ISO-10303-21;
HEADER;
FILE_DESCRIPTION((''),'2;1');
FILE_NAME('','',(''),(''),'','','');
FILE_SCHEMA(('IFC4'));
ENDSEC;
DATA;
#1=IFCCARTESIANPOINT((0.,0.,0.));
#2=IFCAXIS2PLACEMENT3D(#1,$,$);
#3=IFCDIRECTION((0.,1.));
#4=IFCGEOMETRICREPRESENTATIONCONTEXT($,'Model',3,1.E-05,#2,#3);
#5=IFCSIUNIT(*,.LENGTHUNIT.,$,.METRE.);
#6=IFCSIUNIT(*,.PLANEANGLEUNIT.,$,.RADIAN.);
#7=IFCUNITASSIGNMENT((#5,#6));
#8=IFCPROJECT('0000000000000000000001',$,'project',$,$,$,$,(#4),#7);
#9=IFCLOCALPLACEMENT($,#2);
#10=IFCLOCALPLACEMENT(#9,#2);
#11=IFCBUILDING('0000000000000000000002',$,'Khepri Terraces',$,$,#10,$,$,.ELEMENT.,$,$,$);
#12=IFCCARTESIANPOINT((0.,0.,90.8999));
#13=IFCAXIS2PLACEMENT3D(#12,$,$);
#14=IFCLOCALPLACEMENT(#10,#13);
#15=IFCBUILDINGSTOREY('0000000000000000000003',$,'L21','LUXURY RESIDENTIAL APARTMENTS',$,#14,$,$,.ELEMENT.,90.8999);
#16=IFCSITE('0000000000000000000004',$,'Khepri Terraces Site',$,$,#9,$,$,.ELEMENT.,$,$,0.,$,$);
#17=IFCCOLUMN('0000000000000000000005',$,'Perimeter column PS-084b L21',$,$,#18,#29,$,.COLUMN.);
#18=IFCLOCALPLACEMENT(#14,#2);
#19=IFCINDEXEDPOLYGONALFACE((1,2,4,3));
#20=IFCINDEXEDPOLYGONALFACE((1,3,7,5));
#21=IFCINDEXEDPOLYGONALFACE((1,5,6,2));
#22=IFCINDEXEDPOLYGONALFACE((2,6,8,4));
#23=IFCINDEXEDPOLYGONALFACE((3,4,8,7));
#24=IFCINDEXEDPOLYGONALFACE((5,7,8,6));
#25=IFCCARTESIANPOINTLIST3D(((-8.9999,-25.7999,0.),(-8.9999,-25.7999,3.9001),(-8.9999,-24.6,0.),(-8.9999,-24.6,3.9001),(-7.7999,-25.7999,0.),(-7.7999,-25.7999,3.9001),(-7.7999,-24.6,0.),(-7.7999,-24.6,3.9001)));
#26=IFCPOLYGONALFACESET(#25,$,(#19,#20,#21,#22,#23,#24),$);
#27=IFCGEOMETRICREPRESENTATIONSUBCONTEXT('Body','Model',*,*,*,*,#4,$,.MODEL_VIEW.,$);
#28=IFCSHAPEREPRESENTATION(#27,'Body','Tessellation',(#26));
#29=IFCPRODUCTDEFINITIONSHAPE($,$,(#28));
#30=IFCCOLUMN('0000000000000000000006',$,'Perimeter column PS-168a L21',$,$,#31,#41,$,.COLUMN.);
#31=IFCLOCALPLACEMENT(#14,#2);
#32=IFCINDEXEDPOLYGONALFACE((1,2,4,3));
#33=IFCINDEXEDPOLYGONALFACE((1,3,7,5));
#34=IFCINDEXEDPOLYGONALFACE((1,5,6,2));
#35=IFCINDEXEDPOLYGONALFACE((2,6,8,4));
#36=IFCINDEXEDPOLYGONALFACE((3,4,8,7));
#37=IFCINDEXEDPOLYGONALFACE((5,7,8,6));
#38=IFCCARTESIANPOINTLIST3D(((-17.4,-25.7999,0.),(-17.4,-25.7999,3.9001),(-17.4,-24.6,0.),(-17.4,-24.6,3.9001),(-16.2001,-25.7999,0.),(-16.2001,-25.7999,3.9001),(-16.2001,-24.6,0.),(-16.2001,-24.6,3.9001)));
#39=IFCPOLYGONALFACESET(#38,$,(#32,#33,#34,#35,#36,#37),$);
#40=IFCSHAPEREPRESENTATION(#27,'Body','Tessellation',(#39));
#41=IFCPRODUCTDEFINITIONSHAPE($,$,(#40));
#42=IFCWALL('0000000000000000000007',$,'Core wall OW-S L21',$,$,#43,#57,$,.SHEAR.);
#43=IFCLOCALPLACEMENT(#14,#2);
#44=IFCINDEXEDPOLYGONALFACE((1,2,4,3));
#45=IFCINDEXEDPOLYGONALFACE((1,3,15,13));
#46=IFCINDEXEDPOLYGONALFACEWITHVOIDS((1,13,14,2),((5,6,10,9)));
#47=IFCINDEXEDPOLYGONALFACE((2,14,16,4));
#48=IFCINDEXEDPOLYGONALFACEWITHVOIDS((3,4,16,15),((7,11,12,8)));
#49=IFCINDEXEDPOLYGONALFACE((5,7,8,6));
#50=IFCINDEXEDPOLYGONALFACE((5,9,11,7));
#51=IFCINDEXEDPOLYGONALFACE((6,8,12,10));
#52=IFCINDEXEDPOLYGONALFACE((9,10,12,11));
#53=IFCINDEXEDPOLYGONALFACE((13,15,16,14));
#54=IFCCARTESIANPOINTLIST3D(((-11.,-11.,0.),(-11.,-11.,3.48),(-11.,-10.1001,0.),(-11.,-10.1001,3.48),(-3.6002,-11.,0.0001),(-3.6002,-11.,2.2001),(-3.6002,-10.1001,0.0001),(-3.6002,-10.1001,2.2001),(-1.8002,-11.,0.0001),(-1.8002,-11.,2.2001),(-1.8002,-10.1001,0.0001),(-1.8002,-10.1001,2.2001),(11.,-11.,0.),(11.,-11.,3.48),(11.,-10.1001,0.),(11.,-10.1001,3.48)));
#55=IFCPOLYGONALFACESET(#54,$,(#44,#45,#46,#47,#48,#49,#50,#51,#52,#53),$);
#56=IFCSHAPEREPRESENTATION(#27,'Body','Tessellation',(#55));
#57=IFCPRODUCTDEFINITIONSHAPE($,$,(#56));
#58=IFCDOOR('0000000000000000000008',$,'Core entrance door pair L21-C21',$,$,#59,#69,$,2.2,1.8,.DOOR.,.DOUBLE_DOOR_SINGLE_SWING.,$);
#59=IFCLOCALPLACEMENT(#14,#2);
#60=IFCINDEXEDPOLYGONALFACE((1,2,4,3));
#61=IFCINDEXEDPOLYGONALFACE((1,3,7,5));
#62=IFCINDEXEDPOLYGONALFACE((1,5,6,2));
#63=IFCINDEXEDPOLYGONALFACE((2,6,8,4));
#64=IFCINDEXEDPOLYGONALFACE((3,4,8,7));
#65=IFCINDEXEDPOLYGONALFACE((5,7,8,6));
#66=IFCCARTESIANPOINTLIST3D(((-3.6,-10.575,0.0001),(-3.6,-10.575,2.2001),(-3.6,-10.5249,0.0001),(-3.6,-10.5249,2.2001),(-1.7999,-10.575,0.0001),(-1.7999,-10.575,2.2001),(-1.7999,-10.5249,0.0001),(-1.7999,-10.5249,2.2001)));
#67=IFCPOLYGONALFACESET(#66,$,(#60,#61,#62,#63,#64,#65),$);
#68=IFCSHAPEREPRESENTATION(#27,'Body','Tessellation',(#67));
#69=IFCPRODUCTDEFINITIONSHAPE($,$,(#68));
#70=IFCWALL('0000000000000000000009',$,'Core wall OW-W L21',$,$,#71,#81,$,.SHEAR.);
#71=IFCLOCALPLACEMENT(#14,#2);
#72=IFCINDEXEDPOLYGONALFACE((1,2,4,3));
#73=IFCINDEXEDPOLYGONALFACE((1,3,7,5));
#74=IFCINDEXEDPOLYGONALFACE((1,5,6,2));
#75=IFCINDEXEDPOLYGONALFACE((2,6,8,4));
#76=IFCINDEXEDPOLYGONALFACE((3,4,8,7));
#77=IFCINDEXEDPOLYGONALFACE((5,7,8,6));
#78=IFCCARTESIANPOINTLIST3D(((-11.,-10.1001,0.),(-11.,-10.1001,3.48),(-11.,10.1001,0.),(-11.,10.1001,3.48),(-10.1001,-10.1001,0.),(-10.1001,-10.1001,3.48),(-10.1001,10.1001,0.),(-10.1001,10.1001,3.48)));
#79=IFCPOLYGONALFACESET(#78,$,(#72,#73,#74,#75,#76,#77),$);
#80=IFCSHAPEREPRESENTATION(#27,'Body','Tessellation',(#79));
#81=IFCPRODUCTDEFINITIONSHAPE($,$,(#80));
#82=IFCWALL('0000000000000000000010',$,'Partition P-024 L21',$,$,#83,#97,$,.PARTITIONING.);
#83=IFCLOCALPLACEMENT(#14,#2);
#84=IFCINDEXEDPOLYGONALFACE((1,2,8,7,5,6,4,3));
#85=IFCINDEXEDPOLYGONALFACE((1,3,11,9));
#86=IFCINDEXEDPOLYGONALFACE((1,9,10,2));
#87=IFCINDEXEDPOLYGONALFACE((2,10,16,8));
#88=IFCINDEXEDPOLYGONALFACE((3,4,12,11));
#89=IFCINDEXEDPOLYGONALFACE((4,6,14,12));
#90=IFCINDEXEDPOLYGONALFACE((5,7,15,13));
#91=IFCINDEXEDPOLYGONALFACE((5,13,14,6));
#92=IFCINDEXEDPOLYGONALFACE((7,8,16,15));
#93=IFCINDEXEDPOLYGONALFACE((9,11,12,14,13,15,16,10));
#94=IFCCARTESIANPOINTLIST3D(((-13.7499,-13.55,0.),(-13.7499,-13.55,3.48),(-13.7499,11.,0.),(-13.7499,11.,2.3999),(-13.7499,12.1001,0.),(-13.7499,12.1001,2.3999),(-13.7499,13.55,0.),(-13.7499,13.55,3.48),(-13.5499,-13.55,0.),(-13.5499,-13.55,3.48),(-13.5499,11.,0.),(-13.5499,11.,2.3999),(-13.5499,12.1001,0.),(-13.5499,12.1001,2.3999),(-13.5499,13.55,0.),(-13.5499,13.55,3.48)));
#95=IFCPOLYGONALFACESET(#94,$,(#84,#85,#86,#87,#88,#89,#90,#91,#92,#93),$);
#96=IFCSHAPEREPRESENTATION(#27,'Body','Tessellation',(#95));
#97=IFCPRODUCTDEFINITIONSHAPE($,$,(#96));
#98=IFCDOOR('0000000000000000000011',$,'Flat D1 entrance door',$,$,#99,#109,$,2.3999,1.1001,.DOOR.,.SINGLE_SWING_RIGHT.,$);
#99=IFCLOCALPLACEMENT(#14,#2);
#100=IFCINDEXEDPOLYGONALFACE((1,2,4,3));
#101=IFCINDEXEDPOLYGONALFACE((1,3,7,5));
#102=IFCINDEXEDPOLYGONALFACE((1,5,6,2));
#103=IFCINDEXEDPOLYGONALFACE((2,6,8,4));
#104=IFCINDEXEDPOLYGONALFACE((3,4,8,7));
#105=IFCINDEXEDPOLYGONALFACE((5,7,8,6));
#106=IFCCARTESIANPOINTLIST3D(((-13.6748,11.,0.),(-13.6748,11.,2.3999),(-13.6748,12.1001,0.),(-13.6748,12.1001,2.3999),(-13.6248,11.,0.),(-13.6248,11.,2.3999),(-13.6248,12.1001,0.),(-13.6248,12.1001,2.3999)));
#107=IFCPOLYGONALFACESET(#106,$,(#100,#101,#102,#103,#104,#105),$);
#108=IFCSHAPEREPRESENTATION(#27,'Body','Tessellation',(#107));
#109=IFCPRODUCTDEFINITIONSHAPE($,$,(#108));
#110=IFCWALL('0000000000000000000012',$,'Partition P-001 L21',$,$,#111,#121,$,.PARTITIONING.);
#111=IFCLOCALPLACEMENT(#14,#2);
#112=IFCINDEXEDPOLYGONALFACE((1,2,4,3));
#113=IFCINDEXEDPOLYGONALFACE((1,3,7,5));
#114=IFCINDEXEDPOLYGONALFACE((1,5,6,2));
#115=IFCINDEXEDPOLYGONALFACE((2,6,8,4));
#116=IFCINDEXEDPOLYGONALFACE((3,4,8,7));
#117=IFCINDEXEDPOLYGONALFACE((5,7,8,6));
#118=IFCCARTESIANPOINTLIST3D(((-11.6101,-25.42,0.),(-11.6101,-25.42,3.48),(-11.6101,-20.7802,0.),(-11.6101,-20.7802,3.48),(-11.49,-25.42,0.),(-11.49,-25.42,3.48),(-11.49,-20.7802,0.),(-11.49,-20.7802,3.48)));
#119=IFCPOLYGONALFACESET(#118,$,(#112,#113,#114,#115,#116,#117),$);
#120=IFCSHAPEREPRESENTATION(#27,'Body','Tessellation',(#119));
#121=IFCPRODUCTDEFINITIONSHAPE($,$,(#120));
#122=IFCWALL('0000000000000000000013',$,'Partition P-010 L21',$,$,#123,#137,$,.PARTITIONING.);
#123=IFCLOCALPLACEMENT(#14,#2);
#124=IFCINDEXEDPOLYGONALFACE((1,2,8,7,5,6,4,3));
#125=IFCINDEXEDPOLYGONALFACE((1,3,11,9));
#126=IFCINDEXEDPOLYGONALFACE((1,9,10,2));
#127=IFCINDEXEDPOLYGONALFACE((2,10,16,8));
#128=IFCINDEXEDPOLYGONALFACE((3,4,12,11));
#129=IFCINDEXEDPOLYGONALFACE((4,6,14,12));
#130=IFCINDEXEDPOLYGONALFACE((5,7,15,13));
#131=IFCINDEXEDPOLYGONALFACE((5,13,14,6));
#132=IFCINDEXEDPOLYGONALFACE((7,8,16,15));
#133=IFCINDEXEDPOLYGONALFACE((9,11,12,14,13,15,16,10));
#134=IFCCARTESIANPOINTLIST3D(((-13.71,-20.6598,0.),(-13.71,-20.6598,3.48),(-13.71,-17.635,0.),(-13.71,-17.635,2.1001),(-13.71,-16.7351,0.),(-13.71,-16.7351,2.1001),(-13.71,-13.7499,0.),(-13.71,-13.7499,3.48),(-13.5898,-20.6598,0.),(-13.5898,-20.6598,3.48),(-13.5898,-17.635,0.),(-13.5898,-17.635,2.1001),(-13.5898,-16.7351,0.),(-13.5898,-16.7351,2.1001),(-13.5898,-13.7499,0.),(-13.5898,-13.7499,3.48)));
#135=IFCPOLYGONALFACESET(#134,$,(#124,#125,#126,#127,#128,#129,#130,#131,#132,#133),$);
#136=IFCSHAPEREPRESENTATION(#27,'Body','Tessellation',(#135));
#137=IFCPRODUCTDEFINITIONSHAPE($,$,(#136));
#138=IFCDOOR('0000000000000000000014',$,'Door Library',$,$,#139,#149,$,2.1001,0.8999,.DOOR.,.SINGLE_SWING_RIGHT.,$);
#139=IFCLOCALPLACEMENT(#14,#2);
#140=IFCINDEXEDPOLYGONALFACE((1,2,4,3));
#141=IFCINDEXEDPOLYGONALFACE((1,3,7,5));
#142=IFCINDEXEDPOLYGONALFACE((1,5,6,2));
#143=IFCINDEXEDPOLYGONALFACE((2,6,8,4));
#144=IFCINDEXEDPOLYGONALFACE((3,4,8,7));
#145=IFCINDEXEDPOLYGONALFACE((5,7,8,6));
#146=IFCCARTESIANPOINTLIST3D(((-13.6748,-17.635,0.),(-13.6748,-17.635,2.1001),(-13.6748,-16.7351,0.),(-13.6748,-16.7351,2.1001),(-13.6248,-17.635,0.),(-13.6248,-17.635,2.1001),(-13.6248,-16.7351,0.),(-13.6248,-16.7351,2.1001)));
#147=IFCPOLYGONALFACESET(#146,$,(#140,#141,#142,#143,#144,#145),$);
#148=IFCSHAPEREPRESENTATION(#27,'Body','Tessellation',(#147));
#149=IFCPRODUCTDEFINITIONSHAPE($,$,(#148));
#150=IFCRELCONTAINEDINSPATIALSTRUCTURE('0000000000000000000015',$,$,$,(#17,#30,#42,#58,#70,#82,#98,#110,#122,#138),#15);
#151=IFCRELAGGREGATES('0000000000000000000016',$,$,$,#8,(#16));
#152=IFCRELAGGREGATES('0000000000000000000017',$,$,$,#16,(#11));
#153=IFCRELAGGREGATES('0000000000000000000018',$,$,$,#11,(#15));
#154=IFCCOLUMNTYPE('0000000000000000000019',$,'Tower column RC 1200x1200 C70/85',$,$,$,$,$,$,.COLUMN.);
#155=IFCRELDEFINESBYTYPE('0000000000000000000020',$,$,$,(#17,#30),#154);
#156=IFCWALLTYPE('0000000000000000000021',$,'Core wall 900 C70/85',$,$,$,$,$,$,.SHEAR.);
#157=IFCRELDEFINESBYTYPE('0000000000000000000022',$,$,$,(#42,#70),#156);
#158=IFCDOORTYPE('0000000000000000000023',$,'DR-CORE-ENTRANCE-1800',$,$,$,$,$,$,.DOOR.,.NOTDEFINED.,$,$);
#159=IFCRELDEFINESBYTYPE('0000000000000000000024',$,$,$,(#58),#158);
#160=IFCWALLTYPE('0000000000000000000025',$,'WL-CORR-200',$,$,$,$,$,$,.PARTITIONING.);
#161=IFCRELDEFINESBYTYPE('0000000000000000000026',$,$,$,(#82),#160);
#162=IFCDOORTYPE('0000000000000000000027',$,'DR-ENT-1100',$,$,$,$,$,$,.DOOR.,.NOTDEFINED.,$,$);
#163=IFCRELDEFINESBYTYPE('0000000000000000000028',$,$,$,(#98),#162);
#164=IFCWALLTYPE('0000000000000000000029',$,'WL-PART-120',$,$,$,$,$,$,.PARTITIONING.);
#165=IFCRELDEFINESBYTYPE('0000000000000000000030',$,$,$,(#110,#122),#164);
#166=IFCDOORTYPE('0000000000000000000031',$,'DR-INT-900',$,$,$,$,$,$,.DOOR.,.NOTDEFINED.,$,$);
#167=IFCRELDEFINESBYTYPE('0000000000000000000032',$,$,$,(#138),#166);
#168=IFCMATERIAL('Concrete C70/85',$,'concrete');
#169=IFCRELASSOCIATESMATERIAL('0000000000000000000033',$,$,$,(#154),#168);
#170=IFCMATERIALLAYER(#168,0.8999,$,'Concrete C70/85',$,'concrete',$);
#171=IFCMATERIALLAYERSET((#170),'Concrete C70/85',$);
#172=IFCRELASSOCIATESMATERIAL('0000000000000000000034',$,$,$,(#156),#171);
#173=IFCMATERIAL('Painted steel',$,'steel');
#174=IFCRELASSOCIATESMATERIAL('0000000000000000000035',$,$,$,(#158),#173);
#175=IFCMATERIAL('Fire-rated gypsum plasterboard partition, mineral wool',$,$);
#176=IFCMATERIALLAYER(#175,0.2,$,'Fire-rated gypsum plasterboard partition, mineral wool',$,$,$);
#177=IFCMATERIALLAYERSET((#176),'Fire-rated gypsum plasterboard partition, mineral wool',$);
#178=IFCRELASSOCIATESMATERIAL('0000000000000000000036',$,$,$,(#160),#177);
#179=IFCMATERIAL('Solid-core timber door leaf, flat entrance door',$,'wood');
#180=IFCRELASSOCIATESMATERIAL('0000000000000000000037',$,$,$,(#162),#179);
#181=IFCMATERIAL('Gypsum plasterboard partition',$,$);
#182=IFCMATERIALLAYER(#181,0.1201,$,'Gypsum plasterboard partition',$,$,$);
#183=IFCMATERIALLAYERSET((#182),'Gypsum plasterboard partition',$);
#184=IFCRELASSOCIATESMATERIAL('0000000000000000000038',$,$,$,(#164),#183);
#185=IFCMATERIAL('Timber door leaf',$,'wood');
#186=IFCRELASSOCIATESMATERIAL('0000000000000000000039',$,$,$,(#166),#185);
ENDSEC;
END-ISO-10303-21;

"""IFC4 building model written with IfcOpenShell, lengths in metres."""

from ifc_helpers import new_model, si_unit, direction, frame, frame_2d, origin, origin_2d, place, context, subcontext, project, spatial, rectangle, extrude, material, layer, layer_set, material_profile, profile_set, type_object, element, fill, save


model = new_model("IFC4")

# Units and contexts
model_context = context("Model", 3, precision=1e-05, world=origin(), true_north=direction((0.0, 1.0)))
body_context = subcontext(model_context, "Body", "Model", "MODEL_VIEW")
ifc_project = project(units=[si_unit("LENGTHUNIT", "METRE"), si_unit("PLANEANGLEUNIT", "RADIAN")], contexts=[model_context])

# Site, building, storey
site_placement = place(None, origin())
site = spatial("IfcSite", under=ifc_project, at=site_placement, Name="Khepri Terraces Site", CompositionType="ELEMENT", RefElevation=0.0)
building_placement = place(site_placement, origin())
building = spatial("IfcBuilding", under=site, at=building_placement, Name="Khepri Terraces", CompositionType="ELEMENT")
storey_placement = place(building_placement, frame((0.0, 0.0, 90.8999)))
storey = spatial("IfcBuildingStorey", under=building, at=storey_placement, Name="L21", Description="LUXURY RESIDENTIAL APARTMENTS", CompositionType="ELEMENT", Elevation=90.8999)

# Columns
ifc_material_1 = material(Name="Concrete C70/85", Category="concrete")
ifc_material_profile = material_profile(ifc_material_1, rectangle(XDim=1.2, YDim=1.2, at=origin_2d()), Name="Concrete C70/85", Category="concrete")
ifc_profile_set = profile_set([ifc_material_profile], Name="Concrete C70/85")
column_type = type_object("IfcColumnType", Name="Tower column RC 1200x1200 C70/85", PredefinedType="COLUMN", material=ifc_profile_set)
for number, where, z_axis, x_axis, name in (
    (1, (-8.3999, -25.2, 0.0), (0.0, 0.0, 1.0), (1.0, 0.0, 0.0), "Perimeter column PS-084b L21"),
    (2, (-16.8, -25.2, 0.0), (0.0, 0.0, 1.0), (1.0, 0.0, 0.0), "Perimeter column PS-168a L21"),
):
    element("IfcColumn", number, at=place(storey_placement, frame(where, z_axis=z_axis, x_axis=x_axis)), inside=storey, type_object=column_type, Name=name, PredefinedType="COLUMN", context=body_context, shape_type="SweptSolid", body=[
        extrude(rectangle(XDim=1.2, YDim=1.2, at=origin_2d()), origin(), (0.0, 0.0, 1.0), 3.9001),
    ])

# Wall, opening, door
ifc_layer_1 = layer(ifc_material_1, 0.8999, Name="Concrete C70/85", Category="concrete")
ifc_layer_set_1 = layer_set([ifc_layer_1], Name="Concrete C70/85")
wall_type_1 = type_object("IfcWallType", Name="Core wall 900 C70/85", PredefinedType="SHEAR", material=ifc_layer_set_1)
wall_1_placement = place(storey_placement, frame((-11.0, -10.55, 0.0), z_axis=(0.0, 0.0, 1.0), x_axis=(1.0, 0.0, 0.0)))
wall_1 = element("IfcWall", 3, at=wall_1_placement, inside=storey, type_object=wall_type_1, Name="Core wall OW-S L21", PredefinedType="SHEAR", context=body_context, shape_type="SweptSolid", body=[
    extrude(rectangle(XDim=22.0, YDim=0.8999, at=frame_2d((11.0, 0.0))), origin(), (0.0, 0.0, 1.0), 3.48),
])
opening_1_placement = place(wall_1_placement, frame((7.3999, 0.0, 0.0)))
opening_1 = element("IfcOpeningElement", 4, at=opening_1_placement, cuts=wall_1, PredefinedType="OPENING", context=body_context, shape_type="SweptSolid", body=[
    extrude(rectangle(XDim=1.8, YDim=2.2, at=frame_2d((0.8999, 1.1001))), frame((0.0, 0.46, 0.0), z_axis=(0.0, -1.0, 0.0), x_axis=(1.0, 0.0, 0.0)), (0.0, 0.0, 1.0), 0.9199),
])
ifc_material_2 = material(Name="Painted steel", Category="steel")
door_type_1 = type_object("IfcDoorType", Name="DR-CORE-ENTRANCE-1800", OperationType="NOTDEFINED", PredefinedType="DOOR", material=ifc_material_2)
door_1_placement = place(opening_1_placement, frame((1.8, 0.0, 0.0), z_axis=(0.0, 0.0, 1.0), x_axis=(-1.0, 0.0, 0.0)))
door_1 = element("IfcDoor", 5, at=door_1_placement, inside=storey, type_object=door_type_1, Name="Core entrance door pair L21-C21", OperationType="DOUBLE_DOOR_SINGLE_SWING", OverallHeight=2.2, OverallWidth=1.8, PredefinedType="DOOR", context=body_context, shape_type="SweptSolid", body=[
    extrude(rectangle(XDim=1.8, YDim=2.2, at=frame_2d((0.8999, 1.1001))), frame((0.0, 0.0249, 0.0), z_axis=(0.0, -1.0, 0.0), x_axis=(1.0, 0.0, 0.0)), (0.0, 0.0, 1.0), 0.05),
])
fill(opening_1, door_1)

# Wall
wall_2_placement = place(storey_placement, frame((-10.55, -10.1001, 0.0), z_axis=(0.0, 0.0, 1.0), x_axis=(0.0, 1.0, 0.0)))
element("IfcWall", 6, at=wall_2_placement, inside=storey, type_object=wall_type_1, Name="Core wall OW-W L21", PredefinedType="SHEAR", context=body_context, shape_type="SweptSolid", body=[
    extrude(rectangle(XDim=20.2002, YDim=0.8999, at=frame_2d((10.1001, 0.0))), origin(), (0.0, 0.0, 1.0), 3.48),
])

# Wall, opening, door
ifc_material_3 = material(Name="Fire-rated gypsum plasterboard partition, mineral wool")
ifc_layer_2 = layer(ifc_material_3, 0.2, Name="Fire-rated gypsum plasterboard partition, mineral wool")
ifc_layer_set_2 = layer_set([ifc_layer_2], Name="Fire-rated gypsum plasterboard partition, mineral wool")
wall_type_2 = type_object("IfcWallType", Name="WL-CORR-200", PredefinedType="PARTITIONING", material=ifc_layer_set_2)
wall_3_placement = place(storey_placement, frame((-13.6499, -13.55, 0.0), z_axis=(0.0, 0.0, 1.0), x_axis=(0.0, 1.0, 0.0)))
wall_3 = element("IfcWall", 7, at=wall_3_placement, inside=storey, type_object=wall_type_2, Name="Partition P-024 L21", PredefinedType="PARTITIONING", context=body_context, shape_type="SweptSolid", body=[
    extrude(rectangle(XDim=27.1001, YDim=0.2, at=frame_2d((13.55, 0.0))), origin(), (0.0, 0.0, 1.0), 3.48),
])
opening_2_placement = place(wall_3_placement, frame((24.55, 0.0, 0.0)))
opening_2 = element("IfcOpeningElement", 8, at=opening_2_placement, cuts=wall_3, PredefinedType="OPENING", context=body_context, shape_type="SweptSolid", body=[
    extrude(rectangle(XDim=1.1001, YDim=2.3999, at=frame_2d((0.55, 1.2))), frame((0.0, 0.1099, 0.0), z_axis=(0.0, -1.0, 0.0), x_axis=(1.0, 0.0, 0.0)), (0.0, 0.0, 1.0), 0.22),
])
ifc_material_4 = material(Name="Solid-core timber door leaf, flat entrance door", Category="wood")
door_type_2 = type_object("IfcDoorType", Name="DR-ENT-1100", OperationType="NOTDEFINED", PredefinedType="DOOR", material=ifc_material_4)
door_2_placement = place(opening_2_placement, origin())
door_2 = element("IfcDoor", 9, at=door_2_placement, inside=storey, type_object=door_type_2, Name="Flat D1 entrance door", OperationType="SINGLE_SWING_RIGHT", OverallHeight=2.3999, OverallWidth=1.1001, PredefinedType="DOOR", context=body_context, shape_type="SweptSolid", body=[
    extrude(rectangle(XDim=1.1001, YDim=2.3999, at=frame_2d((0.55, 1.2))), frame((0.0, 0.0249, 0.0), z_axis=(0.0, -1.0, 0.0), x_axis=(1.0, 0.0, 0.0)), (0.0, 0.0, 1.0), 0.05),
])
fill(opening_2, door_2)

# Wall
ifc_material_5 = material(Name="Gypsum plasterboard partition")
ifc_layer_3 = layer(ifc_material_5, 0.1201, Name="Gypsum plasterboard partition")
ifc_layer_set_3 = layer_set([ifc_layer_3], Name="Gypsum plasterboard partition")
wall_type_3 = type_object("IfcWallType", Name="WL-PART-120", PredefinedType="PARTITIONING", material=ifc_layer_set_3)
wall_4_placement = place(storey_placement, frame((-11.55, -25.4199, 0.0), z_axis=(0.0, 0.0, 1.0), x_axis=(0.0, 1.0, 0.0)))
element("IfcWall", 10, at=wall_4_placement, inside=storey, type_object=wall_type_3, Name="Partition P-001 L21", PredefinedType="PARTITIONING", context=body_context, shape_type="SweptSolid", body=[
    extrude(rectangle(XDim=4.6399, YDim=0.1201, at=frame_2d((2.3198, 0.0))), origin(), (0.0, 0.0, 1.0), 3.48),
])

# Wall, opening, door
wall_5_placement = place(storey_placement, frame((-13.6499, -20.6599, 0.0), z_axis=(0.0, 0.0, 1.0), x_axis=(0.0, 1.0, 0.0)))
wall_5 = element("IfcWall", 11, at=wall_5_placement, inside=storey, type_object=wall_type_3, Name="Partition P-010 L21", PredefinedType="PARTITIONING", context=body_context, shape_type="SweptSolid", body=[
    extrude(rectangle(XDim=6.9099, YDim=0.1201, at=frame_2d((3.4551, 0.0))), origin(), (0.0, 0.0, 1.0), 3.48),
])
opening_3_placement = place(wall_5_placement, frame((3.0249, 0.0, 0.0)))
opening_3 = element("IfcOpeningElement", 12, at=opening_3_placement, cuts=wall_5, PredefinedType="OPENING", context=body_context, shape_type="SweptSolid", body=[
    extrude(rectangle(XDim=0.8999, YDim=2.1001, at=frame_2d((0.45, 1.05))), frame((0.0, 0.0701, 0.0), z_axis=(0.0, -1.0, 0.0), x_axis=(1.0, 0.0, 0.0)), (0.0, 0.0, 1.0), 0.1401),
])
ifc_material_6 = material(Name="Timber door leaf", Category="wood")
door_type_3 = type_object("IfcDoorType", Name="DR-INT-900", OperationType="NOTDEFINED", PredefinedType="DOOR", material=ifc_material_6)
door_3_placement = place(opening_3_placement, origin())
door_3 = element("IfcDoor", 13, at=door_3_placement, inside=storey, type_object=door_type_3, Name="Door Library", OperationType="SINGLE_SWING_RIGHT", OverallHeight=2.1001, OverallWidth=0.8999, PredefinedType="DOOR", context=body_context, shape_type="SweptSolid", body=[
    extrude(rectangle(XDim=0.8999, YDim=2.1001, at=frame_2d((0.45, 1.05))), frame((0.0, 0.0249, 0.0), z_axis=(0.0, -1.0, 0.0), x_axis=(1.0, 0.0, 0.0)), (0.0, 0.0, 1.0), 0.05),
])
fill(opening_3, door_3)

save(model, "model.ifc")
